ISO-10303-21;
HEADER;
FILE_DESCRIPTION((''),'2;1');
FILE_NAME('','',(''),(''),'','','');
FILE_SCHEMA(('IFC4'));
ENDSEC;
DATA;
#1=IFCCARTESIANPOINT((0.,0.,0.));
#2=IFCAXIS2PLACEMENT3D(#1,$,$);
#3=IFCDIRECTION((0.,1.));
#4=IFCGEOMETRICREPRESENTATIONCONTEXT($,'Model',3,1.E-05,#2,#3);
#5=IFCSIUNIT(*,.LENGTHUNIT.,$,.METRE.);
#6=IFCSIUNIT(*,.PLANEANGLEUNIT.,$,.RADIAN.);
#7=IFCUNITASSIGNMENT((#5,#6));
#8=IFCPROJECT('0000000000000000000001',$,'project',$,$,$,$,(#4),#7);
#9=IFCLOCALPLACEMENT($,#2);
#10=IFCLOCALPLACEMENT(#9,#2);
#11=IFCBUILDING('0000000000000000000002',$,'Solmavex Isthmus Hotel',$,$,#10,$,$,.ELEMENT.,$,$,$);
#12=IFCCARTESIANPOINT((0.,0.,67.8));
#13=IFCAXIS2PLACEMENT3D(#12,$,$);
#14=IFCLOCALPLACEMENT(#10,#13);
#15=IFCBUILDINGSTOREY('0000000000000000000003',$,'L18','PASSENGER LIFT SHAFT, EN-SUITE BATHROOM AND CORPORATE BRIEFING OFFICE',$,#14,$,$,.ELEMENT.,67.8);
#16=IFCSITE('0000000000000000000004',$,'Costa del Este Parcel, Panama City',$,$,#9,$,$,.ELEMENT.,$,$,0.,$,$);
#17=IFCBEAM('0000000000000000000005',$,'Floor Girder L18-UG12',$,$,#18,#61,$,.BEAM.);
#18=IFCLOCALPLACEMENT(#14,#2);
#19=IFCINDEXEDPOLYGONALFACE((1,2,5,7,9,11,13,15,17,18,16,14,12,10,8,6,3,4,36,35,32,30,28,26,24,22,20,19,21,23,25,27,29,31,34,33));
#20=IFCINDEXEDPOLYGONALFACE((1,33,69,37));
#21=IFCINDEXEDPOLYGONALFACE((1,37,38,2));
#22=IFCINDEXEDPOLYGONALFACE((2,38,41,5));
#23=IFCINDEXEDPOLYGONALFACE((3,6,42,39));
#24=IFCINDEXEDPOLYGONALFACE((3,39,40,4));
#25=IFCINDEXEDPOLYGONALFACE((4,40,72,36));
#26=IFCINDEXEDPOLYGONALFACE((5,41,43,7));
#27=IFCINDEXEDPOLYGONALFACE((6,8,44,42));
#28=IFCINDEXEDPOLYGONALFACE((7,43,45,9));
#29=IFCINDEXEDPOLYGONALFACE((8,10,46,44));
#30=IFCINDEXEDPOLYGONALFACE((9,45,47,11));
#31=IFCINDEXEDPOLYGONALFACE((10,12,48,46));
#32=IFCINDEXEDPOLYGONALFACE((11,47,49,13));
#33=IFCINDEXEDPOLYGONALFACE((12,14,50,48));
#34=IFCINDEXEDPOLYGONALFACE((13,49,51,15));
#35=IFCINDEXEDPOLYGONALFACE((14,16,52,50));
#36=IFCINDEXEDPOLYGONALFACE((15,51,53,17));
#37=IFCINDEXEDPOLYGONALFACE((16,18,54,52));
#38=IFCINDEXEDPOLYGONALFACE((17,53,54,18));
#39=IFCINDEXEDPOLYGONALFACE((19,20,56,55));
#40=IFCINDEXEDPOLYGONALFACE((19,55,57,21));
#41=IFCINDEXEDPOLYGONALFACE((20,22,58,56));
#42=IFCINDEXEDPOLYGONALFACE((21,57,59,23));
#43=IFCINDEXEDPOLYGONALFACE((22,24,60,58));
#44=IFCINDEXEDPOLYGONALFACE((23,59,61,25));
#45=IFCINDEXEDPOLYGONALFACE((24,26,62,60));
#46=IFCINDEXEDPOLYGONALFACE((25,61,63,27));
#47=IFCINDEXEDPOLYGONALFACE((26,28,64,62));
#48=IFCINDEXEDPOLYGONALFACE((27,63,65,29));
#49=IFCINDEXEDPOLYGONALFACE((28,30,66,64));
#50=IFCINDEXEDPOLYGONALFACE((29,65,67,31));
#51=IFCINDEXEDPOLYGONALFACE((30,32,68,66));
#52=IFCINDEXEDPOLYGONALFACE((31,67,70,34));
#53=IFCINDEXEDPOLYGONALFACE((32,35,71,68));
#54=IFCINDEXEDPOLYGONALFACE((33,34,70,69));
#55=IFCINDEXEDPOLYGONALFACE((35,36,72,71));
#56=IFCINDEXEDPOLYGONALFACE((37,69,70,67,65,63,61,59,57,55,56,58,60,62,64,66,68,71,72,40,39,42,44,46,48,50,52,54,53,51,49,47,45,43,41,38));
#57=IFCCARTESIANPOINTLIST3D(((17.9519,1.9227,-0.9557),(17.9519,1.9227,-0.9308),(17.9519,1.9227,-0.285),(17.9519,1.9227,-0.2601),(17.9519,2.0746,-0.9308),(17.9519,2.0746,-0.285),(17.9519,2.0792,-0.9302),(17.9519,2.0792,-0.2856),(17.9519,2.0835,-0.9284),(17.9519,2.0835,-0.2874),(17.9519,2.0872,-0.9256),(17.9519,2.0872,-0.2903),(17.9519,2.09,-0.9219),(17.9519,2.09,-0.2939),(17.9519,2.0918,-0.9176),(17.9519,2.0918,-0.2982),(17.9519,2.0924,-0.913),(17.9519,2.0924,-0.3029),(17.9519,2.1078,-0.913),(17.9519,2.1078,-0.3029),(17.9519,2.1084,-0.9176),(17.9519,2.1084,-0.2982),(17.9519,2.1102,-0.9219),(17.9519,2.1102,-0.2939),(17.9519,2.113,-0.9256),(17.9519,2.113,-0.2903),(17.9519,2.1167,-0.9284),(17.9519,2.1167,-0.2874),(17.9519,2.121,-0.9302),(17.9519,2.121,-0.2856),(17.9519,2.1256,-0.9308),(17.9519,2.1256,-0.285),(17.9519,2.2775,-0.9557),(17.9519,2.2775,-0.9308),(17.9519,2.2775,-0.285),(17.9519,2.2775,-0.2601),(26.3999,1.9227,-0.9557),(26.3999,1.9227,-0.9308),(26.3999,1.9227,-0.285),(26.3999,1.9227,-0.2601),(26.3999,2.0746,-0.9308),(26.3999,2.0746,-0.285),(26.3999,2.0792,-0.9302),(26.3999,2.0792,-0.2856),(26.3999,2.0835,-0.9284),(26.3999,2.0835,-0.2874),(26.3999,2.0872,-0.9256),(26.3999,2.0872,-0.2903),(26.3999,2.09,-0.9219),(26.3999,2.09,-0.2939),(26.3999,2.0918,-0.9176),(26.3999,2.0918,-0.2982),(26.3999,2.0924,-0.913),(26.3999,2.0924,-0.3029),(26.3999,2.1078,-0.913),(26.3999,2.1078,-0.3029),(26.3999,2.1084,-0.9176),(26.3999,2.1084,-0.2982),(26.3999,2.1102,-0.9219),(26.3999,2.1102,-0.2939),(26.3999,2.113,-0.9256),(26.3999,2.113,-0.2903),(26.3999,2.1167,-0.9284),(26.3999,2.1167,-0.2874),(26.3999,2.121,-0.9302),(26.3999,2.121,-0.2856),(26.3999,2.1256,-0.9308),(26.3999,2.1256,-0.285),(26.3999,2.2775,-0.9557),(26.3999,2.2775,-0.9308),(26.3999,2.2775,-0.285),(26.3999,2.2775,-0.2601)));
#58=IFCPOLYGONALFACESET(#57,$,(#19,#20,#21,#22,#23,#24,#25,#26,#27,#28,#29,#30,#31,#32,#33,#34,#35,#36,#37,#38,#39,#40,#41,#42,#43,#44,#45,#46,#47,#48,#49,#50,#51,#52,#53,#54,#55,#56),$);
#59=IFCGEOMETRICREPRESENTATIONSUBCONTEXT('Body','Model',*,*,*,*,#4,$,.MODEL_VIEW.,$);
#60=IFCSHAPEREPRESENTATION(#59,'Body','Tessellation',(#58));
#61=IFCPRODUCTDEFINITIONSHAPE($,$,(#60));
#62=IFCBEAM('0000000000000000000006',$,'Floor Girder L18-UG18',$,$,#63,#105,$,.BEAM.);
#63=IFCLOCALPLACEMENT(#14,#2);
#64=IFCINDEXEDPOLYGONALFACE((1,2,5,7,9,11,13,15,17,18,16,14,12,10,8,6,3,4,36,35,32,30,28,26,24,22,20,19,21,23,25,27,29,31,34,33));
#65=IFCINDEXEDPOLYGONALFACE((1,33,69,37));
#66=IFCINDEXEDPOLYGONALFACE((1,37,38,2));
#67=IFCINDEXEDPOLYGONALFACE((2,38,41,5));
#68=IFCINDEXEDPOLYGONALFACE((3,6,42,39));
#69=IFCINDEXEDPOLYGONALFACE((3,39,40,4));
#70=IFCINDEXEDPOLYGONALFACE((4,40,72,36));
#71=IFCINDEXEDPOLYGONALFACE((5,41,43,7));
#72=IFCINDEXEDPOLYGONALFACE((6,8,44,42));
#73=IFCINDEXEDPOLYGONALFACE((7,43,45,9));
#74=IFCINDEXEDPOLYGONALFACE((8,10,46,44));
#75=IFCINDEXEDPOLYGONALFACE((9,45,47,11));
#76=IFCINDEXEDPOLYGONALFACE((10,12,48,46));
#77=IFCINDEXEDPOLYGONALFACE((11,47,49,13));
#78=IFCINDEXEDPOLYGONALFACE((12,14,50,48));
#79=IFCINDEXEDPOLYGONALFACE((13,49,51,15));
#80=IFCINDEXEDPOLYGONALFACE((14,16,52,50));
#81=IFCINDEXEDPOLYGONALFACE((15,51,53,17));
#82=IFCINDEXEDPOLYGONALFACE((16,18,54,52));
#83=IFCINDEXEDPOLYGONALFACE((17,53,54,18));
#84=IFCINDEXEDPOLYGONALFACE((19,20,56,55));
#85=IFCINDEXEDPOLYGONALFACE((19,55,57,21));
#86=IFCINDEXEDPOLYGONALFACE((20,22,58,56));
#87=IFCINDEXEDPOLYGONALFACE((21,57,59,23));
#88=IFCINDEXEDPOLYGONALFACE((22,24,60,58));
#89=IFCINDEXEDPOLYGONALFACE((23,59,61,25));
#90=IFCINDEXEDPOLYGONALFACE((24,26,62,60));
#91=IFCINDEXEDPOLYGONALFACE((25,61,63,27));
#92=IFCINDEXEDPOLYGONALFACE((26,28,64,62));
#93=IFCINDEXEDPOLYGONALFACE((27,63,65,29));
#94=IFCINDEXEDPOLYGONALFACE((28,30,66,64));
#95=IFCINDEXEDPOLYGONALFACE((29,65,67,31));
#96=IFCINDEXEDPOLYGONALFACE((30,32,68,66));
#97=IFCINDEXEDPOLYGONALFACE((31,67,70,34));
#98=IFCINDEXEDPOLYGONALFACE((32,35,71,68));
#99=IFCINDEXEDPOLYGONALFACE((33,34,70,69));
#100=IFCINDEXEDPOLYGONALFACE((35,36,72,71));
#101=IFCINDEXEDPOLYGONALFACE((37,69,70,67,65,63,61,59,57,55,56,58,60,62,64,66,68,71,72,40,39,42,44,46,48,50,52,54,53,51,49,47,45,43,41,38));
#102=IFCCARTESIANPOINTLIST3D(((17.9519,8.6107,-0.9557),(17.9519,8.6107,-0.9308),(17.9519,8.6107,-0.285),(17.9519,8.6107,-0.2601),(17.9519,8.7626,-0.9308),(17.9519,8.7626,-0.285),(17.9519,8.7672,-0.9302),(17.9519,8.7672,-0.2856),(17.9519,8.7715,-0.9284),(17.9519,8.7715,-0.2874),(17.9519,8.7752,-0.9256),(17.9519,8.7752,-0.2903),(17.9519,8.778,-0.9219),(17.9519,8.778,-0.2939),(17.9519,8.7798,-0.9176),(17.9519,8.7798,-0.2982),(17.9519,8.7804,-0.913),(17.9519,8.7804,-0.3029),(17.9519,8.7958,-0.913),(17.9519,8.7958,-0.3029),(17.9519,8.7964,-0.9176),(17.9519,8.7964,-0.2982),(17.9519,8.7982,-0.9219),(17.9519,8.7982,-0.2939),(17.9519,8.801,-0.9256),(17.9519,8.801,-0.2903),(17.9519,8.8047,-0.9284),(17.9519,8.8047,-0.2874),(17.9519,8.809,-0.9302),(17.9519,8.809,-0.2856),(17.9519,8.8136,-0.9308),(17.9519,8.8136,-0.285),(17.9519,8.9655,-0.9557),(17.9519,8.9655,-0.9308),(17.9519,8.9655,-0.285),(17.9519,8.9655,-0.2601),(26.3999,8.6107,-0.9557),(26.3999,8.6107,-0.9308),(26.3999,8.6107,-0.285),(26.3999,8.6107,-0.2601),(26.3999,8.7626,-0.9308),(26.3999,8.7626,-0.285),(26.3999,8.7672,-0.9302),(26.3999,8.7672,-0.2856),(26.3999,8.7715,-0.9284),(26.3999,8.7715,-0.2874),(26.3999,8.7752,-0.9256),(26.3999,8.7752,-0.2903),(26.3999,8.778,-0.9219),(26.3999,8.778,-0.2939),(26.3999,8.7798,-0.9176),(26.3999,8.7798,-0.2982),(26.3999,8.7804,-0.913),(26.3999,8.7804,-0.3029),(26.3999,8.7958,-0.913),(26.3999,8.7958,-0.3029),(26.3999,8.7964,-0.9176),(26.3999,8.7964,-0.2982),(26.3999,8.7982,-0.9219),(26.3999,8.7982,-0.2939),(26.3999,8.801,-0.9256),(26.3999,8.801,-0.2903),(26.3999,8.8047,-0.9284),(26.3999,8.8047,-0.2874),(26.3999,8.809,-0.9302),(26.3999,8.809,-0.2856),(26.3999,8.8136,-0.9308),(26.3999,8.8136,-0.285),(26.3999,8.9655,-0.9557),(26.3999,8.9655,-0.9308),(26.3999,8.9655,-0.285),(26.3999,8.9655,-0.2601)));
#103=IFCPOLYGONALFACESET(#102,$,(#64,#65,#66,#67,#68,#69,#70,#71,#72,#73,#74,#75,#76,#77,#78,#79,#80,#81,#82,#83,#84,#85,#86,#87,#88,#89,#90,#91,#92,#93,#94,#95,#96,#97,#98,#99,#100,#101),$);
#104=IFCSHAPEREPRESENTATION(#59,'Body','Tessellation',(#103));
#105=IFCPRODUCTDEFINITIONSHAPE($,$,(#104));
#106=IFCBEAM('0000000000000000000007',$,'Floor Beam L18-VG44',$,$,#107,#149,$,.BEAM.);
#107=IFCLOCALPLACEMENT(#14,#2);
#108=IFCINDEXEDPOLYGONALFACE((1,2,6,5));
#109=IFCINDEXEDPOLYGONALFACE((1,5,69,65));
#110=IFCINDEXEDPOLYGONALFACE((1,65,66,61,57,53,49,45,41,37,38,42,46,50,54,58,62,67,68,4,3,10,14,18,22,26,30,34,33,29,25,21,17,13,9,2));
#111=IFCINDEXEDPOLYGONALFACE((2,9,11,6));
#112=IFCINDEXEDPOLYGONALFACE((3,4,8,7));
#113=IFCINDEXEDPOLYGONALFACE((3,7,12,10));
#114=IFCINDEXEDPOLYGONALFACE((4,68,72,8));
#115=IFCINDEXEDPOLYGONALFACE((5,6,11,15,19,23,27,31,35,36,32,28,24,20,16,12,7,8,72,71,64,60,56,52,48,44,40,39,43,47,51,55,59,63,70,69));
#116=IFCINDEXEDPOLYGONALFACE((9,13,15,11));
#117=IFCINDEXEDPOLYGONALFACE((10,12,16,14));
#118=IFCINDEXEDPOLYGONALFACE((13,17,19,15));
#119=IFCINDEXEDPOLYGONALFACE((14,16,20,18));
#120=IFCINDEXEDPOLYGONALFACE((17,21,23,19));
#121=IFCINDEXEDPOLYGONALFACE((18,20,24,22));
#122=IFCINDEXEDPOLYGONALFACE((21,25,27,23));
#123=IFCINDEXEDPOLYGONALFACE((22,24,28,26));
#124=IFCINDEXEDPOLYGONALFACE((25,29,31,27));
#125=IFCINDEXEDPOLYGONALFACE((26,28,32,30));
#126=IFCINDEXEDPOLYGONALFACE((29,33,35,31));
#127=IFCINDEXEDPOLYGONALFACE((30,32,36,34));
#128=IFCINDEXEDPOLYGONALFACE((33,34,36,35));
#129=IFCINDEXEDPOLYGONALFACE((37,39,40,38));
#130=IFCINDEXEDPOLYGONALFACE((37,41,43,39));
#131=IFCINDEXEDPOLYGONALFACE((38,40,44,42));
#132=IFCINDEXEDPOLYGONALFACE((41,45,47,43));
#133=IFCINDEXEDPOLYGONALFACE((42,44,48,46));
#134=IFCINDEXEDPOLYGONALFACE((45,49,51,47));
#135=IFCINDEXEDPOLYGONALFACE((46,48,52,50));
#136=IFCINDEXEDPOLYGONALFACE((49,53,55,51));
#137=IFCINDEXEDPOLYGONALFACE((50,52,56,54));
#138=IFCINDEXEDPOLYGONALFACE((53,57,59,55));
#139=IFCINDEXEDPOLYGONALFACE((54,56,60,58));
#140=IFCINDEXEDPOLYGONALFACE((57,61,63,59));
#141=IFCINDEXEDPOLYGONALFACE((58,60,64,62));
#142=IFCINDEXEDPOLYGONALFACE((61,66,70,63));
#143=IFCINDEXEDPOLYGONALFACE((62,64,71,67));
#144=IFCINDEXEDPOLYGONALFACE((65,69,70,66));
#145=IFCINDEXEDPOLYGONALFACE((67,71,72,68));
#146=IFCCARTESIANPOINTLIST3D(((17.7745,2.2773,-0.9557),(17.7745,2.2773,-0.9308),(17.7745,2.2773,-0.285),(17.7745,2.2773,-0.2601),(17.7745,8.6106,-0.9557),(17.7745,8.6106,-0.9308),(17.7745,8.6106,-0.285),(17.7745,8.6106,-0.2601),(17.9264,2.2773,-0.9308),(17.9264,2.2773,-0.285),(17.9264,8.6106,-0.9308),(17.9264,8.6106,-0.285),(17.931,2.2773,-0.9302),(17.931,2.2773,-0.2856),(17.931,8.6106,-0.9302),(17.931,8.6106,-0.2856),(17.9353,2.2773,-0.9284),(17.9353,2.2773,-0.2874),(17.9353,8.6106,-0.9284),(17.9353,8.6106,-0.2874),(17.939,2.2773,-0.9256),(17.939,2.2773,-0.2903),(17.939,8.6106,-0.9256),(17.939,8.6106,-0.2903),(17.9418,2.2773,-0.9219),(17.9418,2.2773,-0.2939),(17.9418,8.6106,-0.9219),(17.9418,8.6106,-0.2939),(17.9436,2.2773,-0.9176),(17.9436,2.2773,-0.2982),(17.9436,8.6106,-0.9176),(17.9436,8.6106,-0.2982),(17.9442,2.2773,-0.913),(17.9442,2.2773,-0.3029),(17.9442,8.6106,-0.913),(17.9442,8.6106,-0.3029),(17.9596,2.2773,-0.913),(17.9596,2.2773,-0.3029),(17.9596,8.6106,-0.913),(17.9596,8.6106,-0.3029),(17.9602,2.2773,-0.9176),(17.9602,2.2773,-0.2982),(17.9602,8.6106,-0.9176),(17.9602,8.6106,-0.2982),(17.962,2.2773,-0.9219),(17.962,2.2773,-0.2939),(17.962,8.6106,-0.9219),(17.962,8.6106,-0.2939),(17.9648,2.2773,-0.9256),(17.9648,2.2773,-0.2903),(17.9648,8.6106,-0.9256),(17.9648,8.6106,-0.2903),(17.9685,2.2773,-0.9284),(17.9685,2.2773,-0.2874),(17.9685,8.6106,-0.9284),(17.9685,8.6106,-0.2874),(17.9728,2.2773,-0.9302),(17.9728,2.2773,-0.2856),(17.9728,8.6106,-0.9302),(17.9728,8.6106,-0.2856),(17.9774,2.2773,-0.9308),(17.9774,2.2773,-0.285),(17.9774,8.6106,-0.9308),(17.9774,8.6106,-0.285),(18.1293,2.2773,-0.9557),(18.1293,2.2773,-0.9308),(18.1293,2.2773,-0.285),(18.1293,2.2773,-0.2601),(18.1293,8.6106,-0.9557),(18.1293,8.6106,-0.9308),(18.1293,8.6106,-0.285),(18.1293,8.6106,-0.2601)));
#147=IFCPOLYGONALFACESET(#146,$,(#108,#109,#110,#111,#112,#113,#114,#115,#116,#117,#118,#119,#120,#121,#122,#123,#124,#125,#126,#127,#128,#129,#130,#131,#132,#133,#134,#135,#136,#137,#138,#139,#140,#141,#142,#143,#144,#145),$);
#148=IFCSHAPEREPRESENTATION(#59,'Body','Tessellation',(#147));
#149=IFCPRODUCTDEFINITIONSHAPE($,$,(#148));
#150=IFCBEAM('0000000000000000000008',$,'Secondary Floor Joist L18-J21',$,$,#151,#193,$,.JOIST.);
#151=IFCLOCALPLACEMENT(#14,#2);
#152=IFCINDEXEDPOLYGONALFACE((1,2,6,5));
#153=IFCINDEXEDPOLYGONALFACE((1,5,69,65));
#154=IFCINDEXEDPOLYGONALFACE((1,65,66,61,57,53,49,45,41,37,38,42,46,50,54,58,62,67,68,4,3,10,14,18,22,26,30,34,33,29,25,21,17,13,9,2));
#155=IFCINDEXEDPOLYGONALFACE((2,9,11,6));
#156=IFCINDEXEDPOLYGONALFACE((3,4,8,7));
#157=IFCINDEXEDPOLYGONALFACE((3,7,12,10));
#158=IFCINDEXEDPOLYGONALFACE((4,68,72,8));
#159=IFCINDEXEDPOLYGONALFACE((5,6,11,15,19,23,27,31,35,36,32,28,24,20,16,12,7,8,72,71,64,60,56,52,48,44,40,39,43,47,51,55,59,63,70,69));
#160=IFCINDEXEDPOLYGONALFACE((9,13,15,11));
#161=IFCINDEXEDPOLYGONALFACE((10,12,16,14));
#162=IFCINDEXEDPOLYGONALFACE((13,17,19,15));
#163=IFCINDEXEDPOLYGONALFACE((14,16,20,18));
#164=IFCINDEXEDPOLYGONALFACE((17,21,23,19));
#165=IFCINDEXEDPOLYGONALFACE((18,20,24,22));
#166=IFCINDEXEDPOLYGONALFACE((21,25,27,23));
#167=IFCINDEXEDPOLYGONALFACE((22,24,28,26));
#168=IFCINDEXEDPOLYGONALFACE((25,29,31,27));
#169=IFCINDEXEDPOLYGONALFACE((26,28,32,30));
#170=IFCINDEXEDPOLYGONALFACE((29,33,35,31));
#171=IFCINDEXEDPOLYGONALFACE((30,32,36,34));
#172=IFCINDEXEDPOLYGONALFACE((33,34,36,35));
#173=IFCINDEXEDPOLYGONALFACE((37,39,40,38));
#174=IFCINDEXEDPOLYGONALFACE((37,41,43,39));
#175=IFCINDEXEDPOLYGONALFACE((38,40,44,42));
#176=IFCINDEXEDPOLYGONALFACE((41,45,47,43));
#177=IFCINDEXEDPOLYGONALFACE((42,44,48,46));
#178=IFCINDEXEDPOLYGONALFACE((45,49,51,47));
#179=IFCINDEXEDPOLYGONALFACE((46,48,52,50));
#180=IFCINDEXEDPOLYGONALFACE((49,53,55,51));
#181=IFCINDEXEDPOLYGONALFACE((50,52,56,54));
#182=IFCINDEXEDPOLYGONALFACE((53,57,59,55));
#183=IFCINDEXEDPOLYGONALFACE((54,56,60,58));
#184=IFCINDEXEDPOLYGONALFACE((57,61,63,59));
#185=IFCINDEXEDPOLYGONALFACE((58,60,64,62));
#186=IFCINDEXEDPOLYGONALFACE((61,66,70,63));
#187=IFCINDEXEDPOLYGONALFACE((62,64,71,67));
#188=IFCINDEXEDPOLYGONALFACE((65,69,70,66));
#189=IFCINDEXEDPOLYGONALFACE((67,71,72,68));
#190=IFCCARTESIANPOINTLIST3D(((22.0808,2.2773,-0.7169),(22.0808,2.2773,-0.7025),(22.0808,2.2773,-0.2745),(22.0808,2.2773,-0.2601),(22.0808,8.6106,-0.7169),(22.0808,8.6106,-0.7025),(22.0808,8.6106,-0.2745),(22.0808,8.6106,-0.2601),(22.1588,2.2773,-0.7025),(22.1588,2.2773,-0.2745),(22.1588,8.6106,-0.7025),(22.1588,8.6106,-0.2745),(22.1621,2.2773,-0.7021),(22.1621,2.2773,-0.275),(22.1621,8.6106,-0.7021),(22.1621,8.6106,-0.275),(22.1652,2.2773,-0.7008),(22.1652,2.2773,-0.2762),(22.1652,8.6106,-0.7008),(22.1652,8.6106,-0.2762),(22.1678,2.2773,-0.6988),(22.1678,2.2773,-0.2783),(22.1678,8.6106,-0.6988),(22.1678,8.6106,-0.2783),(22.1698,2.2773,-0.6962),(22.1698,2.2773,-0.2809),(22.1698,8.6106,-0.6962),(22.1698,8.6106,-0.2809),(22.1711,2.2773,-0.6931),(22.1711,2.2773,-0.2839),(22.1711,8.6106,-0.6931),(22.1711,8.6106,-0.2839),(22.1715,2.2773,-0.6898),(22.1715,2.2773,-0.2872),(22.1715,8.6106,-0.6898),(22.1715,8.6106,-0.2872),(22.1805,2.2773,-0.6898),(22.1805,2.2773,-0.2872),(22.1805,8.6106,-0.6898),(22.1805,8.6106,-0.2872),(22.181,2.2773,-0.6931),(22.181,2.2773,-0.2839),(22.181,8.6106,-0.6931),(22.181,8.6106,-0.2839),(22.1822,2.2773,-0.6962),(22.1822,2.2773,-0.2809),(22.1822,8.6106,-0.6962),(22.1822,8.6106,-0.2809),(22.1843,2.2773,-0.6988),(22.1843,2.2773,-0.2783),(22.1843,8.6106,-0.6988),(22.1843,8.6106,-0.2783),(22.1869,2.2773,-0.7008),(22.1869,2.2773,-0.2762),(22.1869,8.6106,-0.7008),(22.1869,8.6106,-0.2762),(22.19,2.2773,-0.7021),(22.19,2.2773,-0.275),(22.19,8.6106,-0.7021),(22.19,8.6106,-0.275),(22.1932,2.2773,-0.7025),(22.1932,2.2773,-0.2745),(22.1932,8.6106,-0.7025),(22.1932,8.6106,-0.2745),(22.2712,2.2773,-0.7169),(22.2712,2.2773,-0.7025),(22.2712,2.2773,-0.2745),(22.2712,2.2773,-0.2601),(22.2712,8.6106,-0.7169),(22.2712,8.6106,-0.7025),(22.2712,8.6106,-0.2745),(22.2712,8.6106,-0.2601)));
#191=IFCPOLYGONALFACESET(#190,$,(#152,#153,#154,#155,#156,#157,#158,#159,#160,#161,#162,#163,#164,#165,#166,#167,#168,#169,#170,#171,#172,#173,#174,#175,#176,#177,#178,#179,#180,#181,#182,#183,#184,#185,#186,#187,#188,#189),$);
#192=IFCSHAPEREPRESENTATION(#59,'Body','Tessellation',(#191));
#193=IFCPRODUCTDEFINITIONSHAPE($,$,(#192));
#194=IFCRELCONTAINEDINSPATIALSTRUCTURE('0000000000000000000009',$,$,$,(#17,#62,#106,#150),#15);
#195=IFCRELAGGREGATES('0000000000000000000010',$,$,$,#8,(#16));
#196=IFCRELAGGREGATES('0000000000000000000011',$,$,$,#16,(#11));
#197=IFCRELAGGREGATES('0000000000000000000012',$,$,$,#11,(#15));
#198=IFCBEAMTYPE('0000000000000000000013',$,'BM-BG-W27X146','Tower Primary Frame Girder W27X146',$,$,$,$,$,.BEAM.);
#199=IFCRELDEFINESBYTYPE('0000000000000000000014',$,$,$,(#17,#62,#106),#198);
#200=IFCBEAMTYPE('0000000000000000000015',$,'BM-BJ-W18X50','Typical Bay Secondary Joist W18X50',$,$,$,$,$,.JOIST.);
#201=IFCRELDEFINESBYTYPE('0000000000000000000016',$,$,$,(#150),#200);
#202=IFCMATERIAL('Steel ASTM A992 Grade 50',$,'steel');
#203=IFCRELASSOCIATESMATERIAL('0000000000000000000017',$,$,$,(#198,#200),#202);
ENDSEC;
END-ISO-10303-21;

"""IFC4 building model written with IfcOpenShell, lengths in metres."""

from ifc_helpers import new_model, si_unit, direction, frame, origin, origin_2d, place, context, subcontext, project, spatial, i_section, extrude, material, material_profile, profile_set, type_object, element, save


model = new_model("IFC4")

# Units and contexts
model_context = context("Model", 3, precision=1e-05, world=origin(), true_north=direction((0.0, 1.0)))
body_context = subcontext(model_context, "Body", "Model", "MODEL_VIEW")
ifc_project = project(units=[si_unit("LENGTHUNIT", "METRE"), si_unit("PLANEANGLEUNIT", "RADIAN")], contexts=[model_context])

# Site, building, storey
site_placement = place(None, origin())
site = spatial("IfcSite", under=ifc_project, at=site_placement, Name="Costa del Este Parcel, Panama City", CompositionType="ELEMENT", RefElevation=0.0)
building_placement = place(site_placement, origin())
building = spatial("IfcBuilding", under=site, at=building_placement, Name="Solmavex Isthmus Hotel", CompositionType="ELEMENT")
storey_placement = place(building_placement, frame((0.0, 0.0, 67.8)))
storey = spatial("IfcBuildingStorey", under=building, at=storey_placement, Name="L18", Description="PASSENGER LIFT SHAFT, EN-SUITE BATHROOM AND CORPORATE BRIEFING OFFICE", CompositionType="ELEMENT", Elevation=67.8)

# Beams
ifc_material_1 = material(Name="Steel ASTM A992 Grade 50", Category="steel")
ifc_material_profile_1 = material_profile(ifc_material_1, i_section(OverallWidth=0.3547, OverallDepth=0.6956, WebThickness=0.0154, FlangeThickness=0.0249, FilletRadius=0.0178, at=origin_2d()), Name="W27X146")
ifc_profile_set_1 = profile_set([ifc_material_profile_1], Name="Steel ASTM A992 Grade 50")
beam_type_1 = type_object("IfcBeamType", Name="BM-BG-W27X146", Description="Tower Primary Frame Girder W27X146", PredefinedType="BEAM", material=ifc_profile_set_1)
for number, where, z_axis, x_axis, name in (
    (1, (17.9519, 2.1001, -0.6079), (1.0, 0.0, 0.0), (0.0, 1.0, 0.0), "Floor Girder L18-UG12"),
    (2, (17.9519, 8.7881, -0.6079), (1.0, 0.0, 0.0), (0.0, 1.0, 0.0), "Floor Girder L18-UG18"),
):
    element("IfcBeam", number, at=place(storey_placement, frame(where, z_axis=z_axis, x_axis=x_axis)), inside=storey, type_object=beam_type_1, Name=name, PredefinedType="BEAM", context=body_context, shape_type="SweptSolid", body=[
        extrude(i_section(OverallWidth=0.3547, OverallDepth=0.6956, WebThickness=0.0154, FlangeThickness=0.0249, FilletRadius=0.0178, at=origin_2d()), origin(), (0.0, 0.0, 1.0), 8.448),
    ])
beam_1_placement = place(storey_placement, frame((17.9519, 2.2773, -0.6079), z_axis=(0.0, 1.0, 0.0), x_axis=(-1.0, 0.0, 0.0)))
element("IfcBeam", 3, at=beam_1_placement, inside=storey, type_object=beam_type_1, Name="Floor Beam L18-VG44", PredefinedType="BEAM", context=body_context, shape_type="SweptSolid", body=[
    extrude(i_section(OverallWidth=0.3547, OverallDepth=0.6956, WebThickness=0.0154, FlangeThickness=0.0249, FilletRadius=0.0178, at=origin_2d()), origin(), (0.0, 0.0, 1.0), 6.3333),
])
ifc_material_profile_2 = material_profile(ifc_material_1, i_section(OverallWidth=0.1904, OverallDepth=0.4568, WebThickness=0.009, FlangeThickness=0.0144, FilletRadius=0.0127, at=origin_2d()), Name="W18X50")
ifc_profile_set_2 = profile_set([ifc_material_profile_2], Name="Steel ASTM A992 Grade 50")
beam_type_2 = type_object("IfcBeamType", Name="BM-BJ-W18X50", Description="Typical Bay Secondary Joist W18X50", PredefinedType="JOIST", material=ifc_profile_set_2)
beam_2_placement = place(storey_placement, frame((22.176, 2.2773, -0.4885), z_axis=(0.0, 1.0, 0.0), x_axis=(-1.0, 0.0, 0.0)))
element("IfcBeam", 4, at=beam_2_placement, inside=storey, type_object=beam_type_2, Name="Secondary Floor Joist L18-J21", PredefinedType="JOIST", context=body_context, shape_type="SweptSolid", body=[
    extrude(i_section(OverallWidth=0.1904, OverallDepth=0.4568, WebThickness=0.009, FlangeThickness=0.0144, FilletRadius=0.0127, at=origin_2d()), origin(), (0.0, 0.0, 1.0), 6.3333),
])

save(model, "model.ifc")
